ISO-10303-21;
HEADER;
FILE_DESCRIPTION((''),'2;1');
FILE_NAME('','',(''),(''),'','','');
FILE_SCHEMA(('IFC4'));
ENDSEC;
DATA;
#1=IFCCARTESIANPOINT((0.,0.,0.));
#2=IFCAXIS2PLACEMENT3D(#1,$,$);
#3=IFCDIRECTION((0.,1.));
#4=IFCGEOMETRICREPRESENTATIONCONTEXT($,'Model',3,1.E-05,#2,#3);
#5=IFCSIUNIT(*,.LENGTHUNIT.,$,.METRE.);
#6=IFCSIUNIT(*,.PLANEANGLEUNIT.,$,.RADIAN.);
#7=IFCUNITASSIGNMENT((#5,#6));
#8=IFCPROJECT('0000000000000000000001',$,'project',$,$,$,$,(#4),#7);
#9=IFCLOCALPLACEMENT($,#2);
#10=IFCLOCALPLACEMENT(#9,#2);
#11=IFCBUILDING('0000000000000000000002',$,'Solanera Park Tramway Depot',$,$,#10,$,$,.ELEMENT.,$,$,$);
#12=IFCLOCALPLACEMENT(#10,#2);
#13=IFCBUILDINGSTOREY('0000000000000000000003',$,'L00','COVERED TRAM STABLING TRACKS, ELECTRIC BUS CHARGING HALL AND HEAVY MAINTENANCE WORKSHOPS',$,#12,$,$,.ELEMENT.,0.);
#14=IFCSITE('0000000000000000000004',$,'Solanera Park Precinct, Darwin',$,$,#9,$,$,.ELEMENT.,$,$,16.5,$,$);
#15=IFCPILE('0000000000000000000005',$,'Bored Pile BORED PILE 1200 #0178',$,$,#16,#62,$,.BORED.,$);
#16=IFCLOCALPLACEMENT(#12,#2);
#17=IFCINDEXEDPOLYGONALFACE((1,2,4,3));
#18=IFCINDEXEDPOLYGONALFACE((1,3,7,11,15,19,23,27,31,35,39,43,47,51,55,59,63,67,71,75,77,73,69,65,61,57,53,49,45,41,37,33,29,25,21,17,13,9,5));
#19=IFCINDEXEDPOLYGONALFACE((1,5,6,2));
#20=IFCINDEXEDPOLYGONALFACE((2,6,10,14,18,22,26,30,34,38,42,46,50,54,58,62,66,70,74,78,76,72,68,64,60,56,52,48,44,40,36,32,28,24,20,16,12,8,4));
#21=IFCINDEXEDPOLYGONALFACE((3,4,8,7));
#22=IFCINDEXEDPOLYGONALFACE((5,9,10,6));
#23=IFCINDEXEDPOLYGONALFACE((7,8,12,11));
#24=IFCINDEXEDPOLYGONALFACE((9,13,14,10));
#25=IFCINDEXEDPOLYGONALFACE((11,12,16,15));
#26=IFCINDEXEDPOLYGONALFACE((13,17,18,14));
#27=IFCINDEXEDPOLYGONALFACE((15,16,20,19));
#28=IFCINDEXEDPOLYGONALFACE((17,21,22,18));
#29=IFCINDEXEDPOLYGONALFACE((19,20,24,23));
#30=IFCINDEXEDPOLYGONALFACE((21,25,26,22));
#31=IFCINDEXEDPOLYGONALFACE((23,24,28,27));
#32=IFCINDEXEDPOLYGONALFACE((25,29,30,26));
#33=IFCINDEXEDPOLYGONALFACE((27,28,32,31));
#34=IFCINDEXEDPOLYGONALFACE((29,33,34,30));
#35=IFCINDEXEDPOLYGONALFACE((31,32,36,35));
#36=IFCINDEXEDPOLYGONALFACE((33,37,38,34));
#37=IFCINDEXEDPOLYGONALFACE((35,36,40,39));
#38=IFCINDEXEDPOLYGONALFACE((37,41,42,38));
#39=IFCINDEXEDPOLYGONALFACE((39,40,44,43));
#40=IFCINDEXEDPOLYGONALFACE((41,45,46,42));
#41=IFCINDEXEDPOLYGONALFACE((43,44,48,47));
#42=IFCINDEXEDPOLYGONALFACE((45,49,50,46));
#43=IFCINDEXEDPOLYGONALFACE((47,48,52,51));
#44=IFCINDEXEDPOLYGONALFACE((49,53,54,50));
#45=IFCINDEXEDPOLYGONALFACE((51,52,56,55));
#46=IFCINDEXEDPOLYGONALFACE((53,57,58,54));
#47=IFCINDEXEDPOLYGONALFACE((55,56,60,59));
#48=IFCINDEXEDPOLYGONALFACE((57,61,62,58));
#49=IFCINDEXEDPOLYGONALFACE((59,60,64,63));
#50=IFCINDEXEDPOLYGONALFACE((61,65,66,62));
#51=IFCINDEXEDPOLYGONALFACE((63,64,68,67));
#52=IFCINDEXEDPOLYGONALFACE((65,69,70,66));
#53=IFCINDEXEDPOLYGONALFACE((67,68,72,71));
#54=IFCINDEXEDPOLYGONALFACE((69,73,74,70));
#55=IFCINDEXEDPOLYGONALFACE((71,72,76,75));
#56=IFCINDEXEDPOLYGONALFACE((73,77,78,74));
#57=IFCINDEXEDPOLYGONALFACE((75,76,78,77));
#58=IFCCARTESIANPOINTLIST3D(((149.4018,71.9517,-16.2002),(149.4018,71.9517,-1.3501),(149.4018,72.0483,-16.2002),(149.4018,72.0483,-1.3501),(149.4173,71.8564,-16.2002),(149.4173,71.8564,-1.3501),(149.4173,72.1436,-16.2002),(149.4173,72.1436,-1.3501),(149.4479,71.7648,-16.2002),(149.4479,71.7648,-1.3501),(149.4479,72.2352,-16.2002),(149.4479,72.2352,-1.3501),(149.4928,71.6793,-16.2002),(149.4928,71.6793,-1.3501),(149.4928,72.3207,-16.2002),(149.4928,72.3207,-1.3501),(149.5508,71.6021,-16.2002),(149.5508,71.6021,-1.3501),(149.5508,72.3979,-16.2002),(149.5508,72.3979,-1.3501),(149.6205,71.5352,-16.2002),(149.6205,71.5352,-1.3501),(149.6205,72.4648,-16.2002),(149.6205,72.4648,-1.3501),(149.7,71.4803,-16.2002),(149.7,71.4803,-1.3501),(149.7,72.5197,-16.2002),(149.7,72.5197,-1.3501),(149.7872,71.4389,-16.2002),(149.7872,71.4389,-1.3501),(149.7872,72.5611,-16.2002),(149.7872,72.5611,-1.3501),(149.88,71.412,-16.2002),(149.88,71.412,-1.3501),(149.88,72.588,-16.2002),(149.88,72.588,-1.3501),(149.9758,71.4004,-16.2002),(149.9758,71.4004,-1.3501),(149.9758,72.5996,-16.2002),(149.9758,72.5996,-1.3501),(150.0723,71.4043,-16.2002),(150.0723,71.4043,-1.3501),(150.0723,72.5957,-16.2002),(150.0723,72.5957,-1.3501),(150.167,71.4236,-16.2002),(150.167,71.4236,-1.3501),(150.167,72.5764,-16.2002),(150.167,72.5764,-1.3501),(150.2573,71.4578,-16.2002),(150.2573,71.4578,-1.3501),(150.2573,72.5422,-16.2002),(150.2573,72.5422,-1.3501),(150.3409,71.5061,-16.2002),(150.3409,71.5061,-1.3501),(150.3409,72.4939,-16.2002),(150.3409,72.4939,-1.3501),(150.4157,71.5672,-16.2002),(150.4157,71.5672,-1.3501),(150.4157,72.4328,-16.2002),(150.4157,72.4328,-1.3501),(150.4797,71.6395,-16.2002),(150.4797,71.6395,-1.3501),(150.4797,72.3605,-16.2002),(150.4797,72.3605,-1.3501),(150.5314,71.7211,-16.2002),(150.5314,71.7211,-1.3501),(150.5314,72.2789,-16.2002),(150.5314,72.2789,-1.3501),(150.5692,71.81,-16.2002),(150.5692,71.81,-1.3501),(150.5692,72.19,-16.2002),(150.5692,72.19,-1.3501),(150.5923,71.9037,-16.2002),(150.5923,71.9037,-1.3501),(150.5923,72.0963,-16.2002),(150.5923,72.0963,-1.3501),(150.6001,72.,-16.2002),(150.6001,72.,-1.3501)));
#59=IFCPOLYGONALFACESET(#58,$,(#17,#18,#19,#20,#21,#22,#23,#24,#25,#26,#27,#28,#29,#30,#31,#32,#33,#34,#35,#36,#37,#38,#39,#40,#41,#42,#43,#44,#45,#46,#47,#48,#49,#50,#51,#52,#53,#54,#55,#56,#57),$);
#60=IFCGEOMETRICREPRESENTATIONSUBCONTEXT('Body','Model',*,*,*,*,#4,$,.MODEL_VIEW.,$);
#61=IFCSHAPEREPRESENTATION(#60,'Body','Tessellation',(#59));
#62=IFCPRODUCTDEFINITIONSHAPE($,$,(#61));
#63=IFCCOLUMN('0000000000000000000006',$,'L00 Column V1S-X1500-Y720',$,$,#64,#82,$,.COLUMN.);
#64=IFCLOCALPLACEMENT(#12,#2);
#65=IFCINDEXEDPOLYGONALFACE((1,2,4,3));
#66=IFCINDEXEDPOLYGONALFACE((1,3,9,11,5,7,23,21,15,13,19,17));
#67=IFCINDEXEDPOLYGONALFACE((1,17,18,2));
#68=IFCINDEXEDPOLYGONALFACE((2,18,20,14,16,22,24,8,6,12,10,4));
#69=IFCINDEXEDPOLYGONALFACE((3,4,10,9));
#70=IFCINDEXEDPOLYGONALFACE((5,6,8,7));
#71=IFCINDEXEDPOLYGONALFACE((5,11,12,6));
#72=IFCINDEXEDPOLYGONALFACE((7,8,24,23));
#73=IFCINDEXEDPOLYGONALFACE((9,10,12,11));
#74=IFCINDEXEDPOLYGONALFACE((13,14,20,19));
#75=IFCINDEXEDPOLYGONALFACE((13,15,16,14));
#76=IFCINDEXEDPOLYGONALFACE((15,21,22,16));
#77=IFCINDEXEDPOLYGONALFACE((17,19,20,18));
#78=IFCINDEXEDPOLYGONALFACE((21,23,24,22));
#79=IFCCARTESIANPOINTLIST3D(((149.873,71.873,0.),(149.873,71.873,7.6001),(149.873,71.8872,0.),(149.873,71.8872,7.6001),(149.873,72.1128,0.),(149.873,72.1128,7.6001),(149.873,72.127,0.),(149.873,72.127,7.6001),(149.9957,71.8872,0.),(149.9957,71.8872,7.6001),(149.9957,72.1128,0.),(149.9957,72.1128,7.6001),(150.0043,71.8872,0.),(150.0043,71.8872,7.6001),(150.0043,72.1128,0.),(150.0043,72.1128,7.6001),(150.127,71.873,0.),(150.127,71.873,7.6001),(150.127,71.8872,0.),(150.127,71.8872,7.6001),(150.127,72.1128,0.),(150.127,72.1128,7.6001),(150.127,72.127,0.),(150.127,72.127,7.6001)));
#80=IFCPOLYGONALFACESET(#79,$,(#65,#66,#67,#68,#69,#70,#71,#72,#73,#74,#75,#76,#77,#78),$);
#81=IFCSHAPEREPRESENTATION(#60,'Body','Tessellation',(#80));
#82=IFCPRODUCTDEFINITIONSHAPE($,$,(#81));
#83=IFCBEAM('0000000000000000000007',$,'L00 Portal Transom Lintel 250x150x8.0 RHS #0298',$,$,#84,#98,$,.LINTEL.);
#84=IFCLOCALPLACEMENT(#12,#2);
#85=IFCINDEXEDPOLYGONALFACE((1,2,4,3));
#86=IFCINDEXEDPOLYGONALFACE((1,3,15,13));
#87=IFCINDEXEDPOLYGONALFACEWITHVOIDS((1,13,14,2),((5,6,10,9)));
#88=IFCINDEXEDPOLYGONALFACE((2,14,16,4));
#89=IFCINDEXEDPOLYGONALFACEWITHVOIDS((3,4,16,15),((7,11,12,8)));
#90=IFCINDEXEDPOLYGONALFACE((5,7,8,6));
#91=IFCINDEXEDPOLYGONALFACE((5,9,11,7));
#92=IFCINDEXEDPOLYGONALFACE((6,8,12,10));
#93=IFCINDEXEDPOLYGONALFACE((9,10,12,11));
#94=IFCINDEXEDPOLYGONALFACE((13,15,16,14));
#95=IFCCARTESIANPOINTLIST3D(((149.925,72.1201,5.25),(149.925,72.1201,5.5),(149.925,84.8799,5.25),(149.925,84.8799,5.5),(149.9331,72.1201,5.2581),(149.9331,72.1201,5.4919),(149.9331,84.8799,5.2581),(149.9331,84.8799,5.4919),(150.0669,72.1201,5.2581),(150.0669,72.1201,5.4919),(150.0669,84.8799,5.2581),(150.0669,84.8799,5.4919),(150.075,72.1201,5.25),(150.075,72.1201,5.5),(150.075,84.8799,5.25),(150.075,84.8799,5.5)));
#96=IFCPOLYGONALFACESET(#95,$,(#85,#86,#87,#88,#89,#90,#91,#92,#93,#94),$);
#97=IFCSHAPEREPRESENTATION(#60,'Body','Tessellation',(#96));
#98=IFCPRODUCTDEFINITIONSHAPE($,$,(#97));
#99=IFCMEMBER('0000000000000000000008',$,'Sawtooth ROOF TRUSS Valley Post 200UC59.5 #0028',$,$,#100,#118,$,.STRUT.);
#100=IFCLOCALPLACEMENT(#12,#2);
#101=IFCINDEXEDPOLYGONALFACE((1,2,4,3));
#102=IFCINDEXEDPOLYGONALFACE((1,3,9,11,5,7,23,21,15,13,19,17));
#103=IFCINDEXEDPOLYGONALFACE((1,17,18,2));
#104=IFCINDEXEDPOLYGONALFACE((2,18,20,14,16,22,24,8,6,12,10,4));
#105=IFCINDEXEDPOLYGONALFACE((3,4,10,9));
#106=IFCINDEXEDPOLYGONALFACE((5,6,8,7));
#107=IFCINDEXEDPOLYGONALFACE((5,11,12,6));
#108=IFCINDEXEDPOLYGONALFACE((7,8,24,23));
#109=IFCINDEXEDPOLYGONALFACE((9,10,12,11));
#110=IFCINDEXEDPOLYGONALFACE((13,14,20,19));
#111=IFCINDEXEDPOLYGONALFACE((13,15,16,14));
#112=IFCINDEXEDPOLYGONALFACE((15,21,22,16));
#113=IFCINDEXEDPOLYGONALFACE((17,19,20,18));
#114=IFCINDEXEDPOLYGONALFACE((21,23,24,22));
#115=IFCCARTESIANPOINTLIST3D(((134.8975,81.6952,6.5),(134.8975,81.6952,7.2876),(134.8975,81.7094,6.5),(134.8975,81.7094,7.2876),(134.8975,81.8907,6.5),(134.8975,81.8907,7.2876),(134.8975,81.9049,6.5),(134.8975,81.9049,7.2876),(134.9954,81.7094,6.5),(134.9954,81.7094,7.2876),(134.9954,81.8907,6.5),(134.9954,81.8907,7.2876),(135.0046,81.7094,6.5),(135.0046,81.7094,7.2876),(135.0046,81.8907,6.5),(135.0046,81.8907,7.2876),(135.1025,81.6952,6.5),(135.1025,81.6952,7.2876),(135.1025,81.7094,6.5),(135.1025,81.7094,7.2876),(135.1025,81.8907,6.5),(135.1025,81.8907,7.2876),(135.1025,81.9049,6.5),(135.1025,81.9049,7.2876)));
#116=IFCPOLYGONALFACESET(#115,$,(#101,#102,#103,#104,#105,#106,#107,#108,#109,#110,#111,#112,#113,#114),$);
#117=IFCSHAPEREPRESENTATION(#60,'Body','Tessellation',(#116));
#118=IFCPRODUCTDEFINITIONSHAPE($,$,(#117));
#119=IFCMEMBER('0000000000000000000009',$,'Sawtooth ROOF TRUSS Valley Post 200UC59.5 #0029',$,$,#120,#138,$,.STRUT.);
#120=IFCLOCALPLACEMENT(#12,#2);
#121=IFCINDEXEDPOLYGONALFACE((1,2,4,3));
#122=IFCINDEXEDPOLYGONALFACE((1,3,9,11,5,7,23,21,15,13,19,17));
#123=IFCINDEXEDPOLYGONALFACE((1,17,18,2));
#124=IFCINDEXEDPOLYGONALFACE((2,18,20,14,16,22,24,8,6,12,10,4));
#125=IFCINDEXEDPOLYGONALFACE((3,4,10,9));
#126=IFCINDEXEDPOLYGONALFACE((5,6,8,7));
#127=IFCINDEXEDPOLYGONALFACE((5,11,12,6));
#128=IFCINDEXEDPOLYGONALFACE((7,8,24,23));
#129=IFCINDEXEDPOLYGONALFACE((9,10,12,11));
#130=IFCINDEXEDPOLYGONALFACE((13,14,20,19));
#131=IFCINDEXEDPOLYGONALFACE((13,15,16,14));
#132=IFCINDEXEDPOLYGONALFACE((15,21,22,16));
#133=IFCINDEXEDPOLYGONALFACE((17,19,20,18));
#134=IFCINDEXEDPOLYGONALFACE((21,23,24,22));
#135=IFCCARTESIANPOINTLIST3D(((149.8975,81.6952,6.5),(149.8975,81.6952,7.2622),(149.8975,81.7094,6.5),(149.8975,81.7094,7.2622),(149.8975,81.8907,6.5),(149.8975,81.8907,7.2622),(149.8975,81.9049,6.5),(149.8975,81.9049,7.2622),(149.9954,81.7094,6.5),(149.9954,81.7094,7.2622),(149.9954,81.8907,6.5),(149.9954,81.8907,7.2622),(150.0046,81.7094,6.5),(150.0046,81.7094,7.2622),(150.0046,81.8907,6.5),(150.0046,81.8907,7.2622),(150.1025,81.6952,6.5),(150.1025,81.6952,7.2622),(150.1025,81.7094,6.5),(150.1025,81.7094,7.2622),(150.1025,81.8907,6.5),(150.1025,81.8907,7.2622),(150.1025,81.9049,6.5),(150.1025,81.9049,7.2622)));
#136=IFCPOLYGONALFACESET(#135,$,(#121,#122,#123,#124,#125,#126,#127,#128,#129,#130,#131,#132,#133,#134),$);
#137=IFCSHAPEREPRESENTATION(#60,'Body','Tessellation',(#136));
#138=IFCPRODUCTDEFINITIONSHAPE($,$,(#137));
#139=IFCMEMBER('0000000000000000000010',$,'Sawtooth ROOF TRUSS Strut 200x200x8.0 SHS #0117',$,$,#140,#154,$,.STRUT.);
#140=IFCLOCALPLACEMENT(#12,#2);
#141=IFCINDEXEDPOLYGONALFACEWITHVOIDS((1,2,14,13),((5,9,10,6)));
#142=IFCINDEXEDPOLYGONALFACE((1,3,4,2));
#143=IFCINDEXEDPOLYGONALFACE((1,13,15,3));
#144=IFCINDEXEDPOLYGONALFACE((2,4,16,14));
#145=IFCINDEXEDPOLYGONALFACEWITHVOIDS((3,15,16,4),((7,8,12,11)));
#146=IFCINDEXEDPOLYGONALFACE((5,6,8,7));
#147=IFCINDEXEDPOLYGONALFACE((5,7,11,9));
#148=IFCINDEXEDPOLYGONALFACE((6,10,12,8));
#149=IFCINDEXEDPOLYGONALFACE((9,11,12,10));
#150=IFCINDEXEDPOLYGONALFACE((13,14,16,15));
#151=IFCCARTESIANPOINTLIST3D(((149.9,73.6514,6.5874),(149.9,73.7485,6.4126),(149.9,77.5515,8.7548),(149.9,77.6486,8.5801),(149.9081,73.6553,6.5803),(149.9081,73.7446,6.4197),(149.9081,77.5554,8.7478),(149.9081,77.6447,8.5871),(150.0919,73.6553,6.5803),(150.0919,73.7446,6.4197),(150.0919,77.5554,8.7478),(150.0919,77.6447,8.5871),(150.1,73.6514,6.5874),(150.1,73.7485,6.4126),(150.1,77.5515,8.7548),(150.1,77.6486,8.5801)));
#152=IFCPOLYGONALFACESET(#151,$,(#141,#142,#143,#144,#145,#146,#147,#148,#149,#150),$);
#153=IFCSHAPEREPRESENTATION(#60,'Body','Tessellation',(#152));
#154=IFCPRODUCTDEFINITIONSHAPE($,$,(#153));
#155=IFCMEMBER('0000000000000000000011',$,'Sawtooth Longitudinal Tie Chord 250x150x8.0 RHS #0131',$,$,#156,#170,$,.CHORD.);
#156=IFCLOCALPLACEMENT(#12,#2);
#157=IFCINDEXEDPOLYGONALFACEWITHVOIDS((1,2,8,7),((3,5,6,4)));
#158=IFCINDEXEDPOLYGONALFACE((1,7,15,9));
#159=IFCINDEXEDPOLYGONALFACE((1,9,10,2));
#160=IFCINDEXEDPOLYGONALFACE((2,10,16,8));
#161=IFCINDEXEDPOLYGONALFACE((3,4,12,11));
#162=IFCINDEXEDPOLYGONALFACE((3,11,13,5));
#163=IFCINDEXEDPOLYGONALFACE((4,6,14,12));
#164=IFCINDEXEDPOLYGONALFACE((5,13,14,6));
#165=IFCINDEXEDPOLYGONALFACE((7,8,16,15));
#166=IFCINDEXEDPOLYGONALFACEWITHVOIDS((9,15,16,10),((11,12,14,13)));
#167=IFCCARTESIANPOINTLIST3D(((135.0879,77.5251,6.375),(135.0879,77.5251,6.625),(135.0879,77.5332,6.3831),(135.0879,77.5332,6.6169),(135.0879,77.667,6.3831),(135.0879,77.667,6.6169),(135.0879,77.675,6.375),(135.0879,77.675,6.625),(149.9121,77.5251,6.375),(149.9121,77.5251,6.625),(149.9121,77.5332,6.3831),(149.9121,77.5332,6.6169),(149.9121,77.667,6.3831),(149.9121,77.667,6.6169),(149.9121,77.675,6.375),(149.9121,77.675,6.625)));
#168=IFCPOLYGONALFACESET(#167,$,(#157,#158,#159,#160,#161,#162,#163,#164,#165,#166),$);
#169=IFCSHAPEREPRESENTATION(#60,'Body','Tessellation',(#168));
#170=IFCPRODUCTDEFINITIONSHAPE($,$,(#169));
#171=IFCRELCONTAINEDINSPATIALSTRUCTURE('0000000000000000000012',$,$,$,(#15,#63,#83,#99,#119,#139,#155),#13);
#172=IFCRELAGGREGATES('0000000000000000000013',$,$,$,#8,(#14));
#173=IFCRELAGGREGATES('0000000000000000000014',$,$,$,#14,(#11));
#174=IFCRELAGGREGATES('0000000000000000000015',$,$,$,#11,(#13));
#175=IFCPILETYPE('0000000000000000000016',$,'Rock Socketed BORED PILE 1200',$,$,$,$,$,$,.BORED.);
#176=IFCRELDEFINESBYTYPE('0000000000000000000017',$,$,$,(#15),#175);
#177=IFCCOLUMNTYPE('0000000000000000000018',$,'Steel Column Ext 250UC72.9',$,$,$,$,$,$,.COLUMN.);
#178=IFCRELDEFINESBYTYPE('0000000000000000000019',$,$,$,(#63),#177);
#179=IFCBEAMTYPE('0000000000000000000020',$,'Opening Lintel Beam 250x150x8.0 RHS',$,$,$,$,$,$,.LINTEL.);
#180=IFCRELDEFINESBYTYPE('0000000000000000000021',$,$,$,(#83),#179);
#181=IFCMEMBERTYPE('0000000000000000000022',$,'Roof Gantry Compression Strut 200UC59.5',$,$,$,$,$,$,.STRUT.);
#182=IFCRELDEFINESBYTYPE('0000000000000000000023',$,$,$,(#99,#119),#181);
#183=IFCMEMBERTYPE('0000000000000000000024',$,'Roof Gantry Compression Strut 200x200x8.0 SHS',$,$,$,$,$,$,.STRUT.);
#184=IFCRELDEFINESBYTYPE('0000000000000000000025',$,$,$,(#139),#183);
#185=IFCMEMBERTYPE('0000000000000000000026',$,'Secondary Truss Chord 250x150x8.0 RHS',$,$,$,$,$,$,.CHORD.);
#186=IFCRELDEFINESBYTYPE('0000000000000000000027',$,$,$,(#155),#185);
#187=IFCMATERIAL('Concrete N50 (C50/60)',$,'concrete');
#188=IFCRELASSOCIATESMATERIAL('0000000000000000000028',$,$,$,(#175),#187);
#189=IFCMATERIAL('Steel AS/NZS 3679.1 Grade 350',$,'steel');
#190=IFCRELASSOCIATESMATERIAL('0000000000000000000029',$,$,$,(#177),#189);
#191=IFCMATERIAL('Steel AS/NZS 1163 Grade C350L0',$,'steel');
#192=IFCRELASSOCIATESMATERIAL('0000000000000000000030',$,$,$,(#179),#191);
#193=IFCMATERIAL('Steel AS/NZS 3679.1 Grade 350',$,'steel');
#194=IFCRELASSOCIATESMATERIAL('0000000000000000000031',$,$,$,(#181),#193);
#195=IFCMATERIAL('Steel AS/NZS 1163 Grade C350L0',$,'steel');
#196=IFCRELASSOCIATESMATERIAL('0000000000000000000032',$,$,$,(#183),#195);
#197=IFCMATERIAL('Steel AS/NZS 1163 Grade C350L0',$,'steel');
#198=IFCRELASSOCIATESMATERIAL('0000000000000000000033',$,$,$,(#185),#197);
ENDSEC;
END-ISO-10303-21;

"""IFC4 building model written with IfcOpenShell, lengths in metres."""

from ifc_helpers import new_model, si_unit, direction, frame, origin, origin_2d, place, context, subcontext, project, spatial, hollow_rectangle, circle, i_section, extrude, material, material_profile, profile_set, type_object, element, save


model = new_model("IFC4")

# Units and contexts
model_context = context("Model", 3, precision=1e-05, world=origin(), true_north=direction((0.0, 1.0)))
body_context = subcontext(model_context, "Body", "Model", "MODEL_VIEW")
ifc_project = project(units=[si_unit("LENGTHUNIT", "METRE"), si_unit("PLANEANGLEUNIT", "RADIAN")], contexts=[model_context])

# Site, building, storey
site_placement = place(None, origin())
site = spatial("IfcSite", under=ifc_project, at=site_placement, Name="Solanera Park Precinct, Darwin", CompositionType="ELEMENT", RefElevation=16.5)
building_placement = place(site_placement, origin())
building = spatial("IfcBuilding", under=site, at=building_placement, Name="Solanera Park Tramway Depot", CompositionType="ELEMENT")
storey_placement = place(building_placement, origin())
storey = spatial("IfcBuildingStorey", under=building, at=storey_placement, Name="L00", Description="COVERED TRAM STABLING TRACKS, ELECTRIC BUS CHARGING HALL AND HEAVY MAINTENANCE WORKSHOPS", CompositionType="ELEMENT", Elevation=0.0)

# Pile
ifc_material_1 = material(Name="Concrete N50 (C50/60)", Category="concrete")
ifc_material_profile_1 = material_profile(ifc_material_1, circle(Radius=0.6001, at=origin_2d()), Name="BORED PILE 1200")
ifc_profile_set_1 = profile_set([ifc_material_profile_1], Name="Concrete N50 (C50/60)")
pile_type = type_object("IfcPileType", Name="Rock Socketed BORED PILE 1200", PredefinedType="BORED", material=ifc_profile_set_1)
pile_placement = place(storey_placement, frame((150.0, 72.0, -1.3501), z_axis=(0.0, 0.0, -1.0), x_axis=(1.0, 0.0, 0.0)))
element("IfcPile", 1, at=pile_placement, inside=storey, type_object=pile_type, Name="Bored Pile BORED PILE 1200 #0178", PredefinedType="BORED", context=body_context, shape_type="SweptSolid", body=[
    extrude(circle(Radius=0.6001, at=origin_2d()), origin(), (0.0, 0.0, 1.0), 14.8501),
])

# Column
ifc_material_2 = material(Name="Steel AS/NZS 3679.1 Grade 350", Category="steel")
ifc_material_profile_2 = material_profile(ifc_material_2, i_section(OverallWidth=0.2539, OverallDepth=0.2539, WebThickness=0.0085, FlangeThickness=0.0142, at=origin_2d()), Name="250UC72.9")
ifc_profile_set_2 = profile_set([ifc_material_profile_2], Name="Steel AS/NZS 3679.1 Grade 350")
column_type = type_object("IfcColumnType", Name="Steel Column Ext 250UC72.9", PredefinedType="COLUMN", material=ifc_profile_set_2)
column_placement = place(storey_placement, frame((150.0, 72.0, 0.0), z_axis=(0.0, 0.0, 1.0), x_axis=(1.0, 0.0, 0.0)))
element("IfcColumn", 2, at=column_placement, inside=storey, type_object=column_type, Name="L00 Column V1S-X1500-Y720", PredefinedType="COLUMN", context=body_context, shape_type="SweptSolid", body=[
    extrude(i_section(OverallWidth=0.2539, OverallDepth=0.2539, WebThickness=0.0085, FlangeThickness=0.0142, at=origin_2d()), origin(), (0.0, 0.0, 1.0), 7.6001),
])

# Beam
ifc_material_3 = material(Name="Steel AS/NZS 1163 Grade C350L0", Category="steel")
ifc_material_profile_3 = material_profile(ifc_material_3, hollow_rectangle(XDim=0.1499, YDim=0.25, WallThickness=0.0081, at=origin_2d()), Name="250x150x8.0 RHS")
ifc_profile_set_3 = profile_set([ifc_material_profile_3], Name="Steel AS/NZS 1163 Grade C350L0")
beam_type_1 = type_object("IfcBeamType", Name="Opening Lintel Beam 250x150x8.0 RHS", PredefinedType="LINTEL", material=ifc_profile_set_3)
beam_1_placement = place(storey_placement, frame((150.0, 72.1201, 5.375), z_axis=(0.0, 1.0, 0.0), x_axis=(-1.0, 0.0, 0.0)))
element("IfcBeam", 3, at=beam_1_placement, inside=storey, type_object=beam_type_1, Name="L00 Portal Transom Lintel 250x150x8.0 RHS #0298", PredefinedType="LINTEL", context=body_context, shape_type="SweptSolid", body=[
    extrude(hollow_rectangle(XDim=0.1499, YDim=0.25, WallThickness=0.0081, at=origin_2d()), origin(), (0.0, 0.0, 1.0), 12.7598),
])

# Members
ifc_material_4 = material(Name="Steel AS/NZS 3679.1 Grade 350", Category="steel")
ifc_material_profile_4 = material_profile(ifc_material_4, i_section(OverallWidth=0.2051, OverallDepth=0.2097, WebThickness=0.0093, FlangeThickness=0.0142, at=origin_2d()), Name="200UC59.5")
ifc_profile_set_4 = profile_set([ifc_material_profile_4], Name="Steel AS/NZS 3679.1 Grade 350")
member_type_1 = type_object("IfcMemberType", Name="Roof Gantry Compression Strut 200UC59.5", PredefinedType="STRUT", material=ifc_profile_set_4)
member_1_placement = place(storey_placement, frame((135.0, 81.8, 6.5), z_axis=(0.0, 0.0, 1.0), x_axis=(1.0, 0.0, 0.0)))
element("IfcMember", 4, at=member_1_placement, inside=storey, type_object=member_type_1, Name="Sawtooth ROOF TRUSS Valley Post 200UC59.5 #0028", PredefinedType="STRUT", context=body_context, shape_type="SweptSolid", body=[
    extrude(i_section(OverallWidth=0.2051, OverallDepth=0.2097, WebThickness=0.0093, FlangeThickness=0.0142, at=origin_2d()), origin(), (0.0, 0.0, 1.0), 0.7876),
])
member_2_placement = place(storey_placement, frame((150.0, 81.8, 6.5), z_axis=(0.0, 0.0, 1.0), x_axis=(1.0, 0.0, 0.0)))
element("IfcMember", 5, at=member_2_placement, inside=storey, type_object=member_type_1, Name="Sawtooth ROOF TRUSS Valley Post 200UC59.5 #0029", PredefinedType="STRUT", context=body_context, shape_type="SweptSolid", body=[
    extrude(i_section(OverallWidth=0.2051, OverallDepth=0.2097, WebThickness=0.0093, FlangeThickness=0.0142, at=origin_2d()), origin(), (0.0, 0.0, 1.0), 0.7622),
])
ifc_material_5 = material(Name="Steel AS/NZS 1163 Grade C350L0", Category="steel")
ifc_material_profile_5 = material_profile(ifc_material_5, hollow_rectangle(XDim=0.2, YDim=0.2, WallThickness=0.0081, at=origin_2d()), Name="200x200x8.0 SHS")
ifc_profile_set_5 = profile_set([ifc_material_profile_5], Name="Steel AS/NZS 1163 Grade C350L0")
member_type_2 = type_object("IfcMemberType", Name="Roof Gantry Compression Strut 200x200x8.0 SHS", PredefinedType="STRUT", material=ifc_profile_set_5)
member_3_placement = place(storey_placement, frame((150.0, 73.7, 6.5), z_axis=(0.0, 0.874088, 0.485768), x_axis=(-1.0, 0.0, 0.0)))
element("IfcMember", 6, at=member_3_placement, inside=storey, type_object=member_type_2, Name="Sawtooth ROOF TRUSS Strut 200x200x8.0 SHS #0117", PredefinedType="STRUT", context=body_context, shape_type="SweptSolid", body=[
    extrude(hollow_rectangle(XDim=0.2, YDim=0.2, WallThickness=0.0081, at=origin_2d()), origin(), (0.0, 0.0, 1.0), 4.4619),
])
ifc_material_6 = material(Name="Steel AS/NZS 1163 Grade C350L0", Category="steel")
ifc_material_profile_6 = material_profile(ifc_material_6, hollow_rectangle(XDim=0.1499, YDim=0.25, WallThickness=0.0081, at=origin_2d()), Name="250x150x8.0 RHS")
ifc_profile_set_6 = profile_set([ifc_material_profile_6], Name="Steel AS/NZS 1163 Grade C350L0")
member_type_3 = type_object("IfcMemberType", Name="Secondary Truss Chord 250x150x8.0 RHS", PredefinedType="CHORD", material=ifc_profile_set_6)
member_4_placement = place(storey_placement, frame((135.0879, 77.6001, 6.5), z_axis=(1.0, 0.0, 0.0), x_axis=(0.0, 1.0, 0.0)))
element("IfcMember", 7, at=member_4_placement, inside=storey, type_object=member_type_3, Name="Sawtooth Longitudinal Tie Chord 250x150x8.0 RHS #0131", PredefinedType="CHORD", context=body_context, shape_type="SweptSolid", body=[
    extrude(hollow_rectangle(XDim=0.1499, YDim=0.25, WallThickness=0.0081, at=origin_2d()), origin(), (0.0, 0.0, 1.0), 14.8242),
])

save(model, "model.ifc")
